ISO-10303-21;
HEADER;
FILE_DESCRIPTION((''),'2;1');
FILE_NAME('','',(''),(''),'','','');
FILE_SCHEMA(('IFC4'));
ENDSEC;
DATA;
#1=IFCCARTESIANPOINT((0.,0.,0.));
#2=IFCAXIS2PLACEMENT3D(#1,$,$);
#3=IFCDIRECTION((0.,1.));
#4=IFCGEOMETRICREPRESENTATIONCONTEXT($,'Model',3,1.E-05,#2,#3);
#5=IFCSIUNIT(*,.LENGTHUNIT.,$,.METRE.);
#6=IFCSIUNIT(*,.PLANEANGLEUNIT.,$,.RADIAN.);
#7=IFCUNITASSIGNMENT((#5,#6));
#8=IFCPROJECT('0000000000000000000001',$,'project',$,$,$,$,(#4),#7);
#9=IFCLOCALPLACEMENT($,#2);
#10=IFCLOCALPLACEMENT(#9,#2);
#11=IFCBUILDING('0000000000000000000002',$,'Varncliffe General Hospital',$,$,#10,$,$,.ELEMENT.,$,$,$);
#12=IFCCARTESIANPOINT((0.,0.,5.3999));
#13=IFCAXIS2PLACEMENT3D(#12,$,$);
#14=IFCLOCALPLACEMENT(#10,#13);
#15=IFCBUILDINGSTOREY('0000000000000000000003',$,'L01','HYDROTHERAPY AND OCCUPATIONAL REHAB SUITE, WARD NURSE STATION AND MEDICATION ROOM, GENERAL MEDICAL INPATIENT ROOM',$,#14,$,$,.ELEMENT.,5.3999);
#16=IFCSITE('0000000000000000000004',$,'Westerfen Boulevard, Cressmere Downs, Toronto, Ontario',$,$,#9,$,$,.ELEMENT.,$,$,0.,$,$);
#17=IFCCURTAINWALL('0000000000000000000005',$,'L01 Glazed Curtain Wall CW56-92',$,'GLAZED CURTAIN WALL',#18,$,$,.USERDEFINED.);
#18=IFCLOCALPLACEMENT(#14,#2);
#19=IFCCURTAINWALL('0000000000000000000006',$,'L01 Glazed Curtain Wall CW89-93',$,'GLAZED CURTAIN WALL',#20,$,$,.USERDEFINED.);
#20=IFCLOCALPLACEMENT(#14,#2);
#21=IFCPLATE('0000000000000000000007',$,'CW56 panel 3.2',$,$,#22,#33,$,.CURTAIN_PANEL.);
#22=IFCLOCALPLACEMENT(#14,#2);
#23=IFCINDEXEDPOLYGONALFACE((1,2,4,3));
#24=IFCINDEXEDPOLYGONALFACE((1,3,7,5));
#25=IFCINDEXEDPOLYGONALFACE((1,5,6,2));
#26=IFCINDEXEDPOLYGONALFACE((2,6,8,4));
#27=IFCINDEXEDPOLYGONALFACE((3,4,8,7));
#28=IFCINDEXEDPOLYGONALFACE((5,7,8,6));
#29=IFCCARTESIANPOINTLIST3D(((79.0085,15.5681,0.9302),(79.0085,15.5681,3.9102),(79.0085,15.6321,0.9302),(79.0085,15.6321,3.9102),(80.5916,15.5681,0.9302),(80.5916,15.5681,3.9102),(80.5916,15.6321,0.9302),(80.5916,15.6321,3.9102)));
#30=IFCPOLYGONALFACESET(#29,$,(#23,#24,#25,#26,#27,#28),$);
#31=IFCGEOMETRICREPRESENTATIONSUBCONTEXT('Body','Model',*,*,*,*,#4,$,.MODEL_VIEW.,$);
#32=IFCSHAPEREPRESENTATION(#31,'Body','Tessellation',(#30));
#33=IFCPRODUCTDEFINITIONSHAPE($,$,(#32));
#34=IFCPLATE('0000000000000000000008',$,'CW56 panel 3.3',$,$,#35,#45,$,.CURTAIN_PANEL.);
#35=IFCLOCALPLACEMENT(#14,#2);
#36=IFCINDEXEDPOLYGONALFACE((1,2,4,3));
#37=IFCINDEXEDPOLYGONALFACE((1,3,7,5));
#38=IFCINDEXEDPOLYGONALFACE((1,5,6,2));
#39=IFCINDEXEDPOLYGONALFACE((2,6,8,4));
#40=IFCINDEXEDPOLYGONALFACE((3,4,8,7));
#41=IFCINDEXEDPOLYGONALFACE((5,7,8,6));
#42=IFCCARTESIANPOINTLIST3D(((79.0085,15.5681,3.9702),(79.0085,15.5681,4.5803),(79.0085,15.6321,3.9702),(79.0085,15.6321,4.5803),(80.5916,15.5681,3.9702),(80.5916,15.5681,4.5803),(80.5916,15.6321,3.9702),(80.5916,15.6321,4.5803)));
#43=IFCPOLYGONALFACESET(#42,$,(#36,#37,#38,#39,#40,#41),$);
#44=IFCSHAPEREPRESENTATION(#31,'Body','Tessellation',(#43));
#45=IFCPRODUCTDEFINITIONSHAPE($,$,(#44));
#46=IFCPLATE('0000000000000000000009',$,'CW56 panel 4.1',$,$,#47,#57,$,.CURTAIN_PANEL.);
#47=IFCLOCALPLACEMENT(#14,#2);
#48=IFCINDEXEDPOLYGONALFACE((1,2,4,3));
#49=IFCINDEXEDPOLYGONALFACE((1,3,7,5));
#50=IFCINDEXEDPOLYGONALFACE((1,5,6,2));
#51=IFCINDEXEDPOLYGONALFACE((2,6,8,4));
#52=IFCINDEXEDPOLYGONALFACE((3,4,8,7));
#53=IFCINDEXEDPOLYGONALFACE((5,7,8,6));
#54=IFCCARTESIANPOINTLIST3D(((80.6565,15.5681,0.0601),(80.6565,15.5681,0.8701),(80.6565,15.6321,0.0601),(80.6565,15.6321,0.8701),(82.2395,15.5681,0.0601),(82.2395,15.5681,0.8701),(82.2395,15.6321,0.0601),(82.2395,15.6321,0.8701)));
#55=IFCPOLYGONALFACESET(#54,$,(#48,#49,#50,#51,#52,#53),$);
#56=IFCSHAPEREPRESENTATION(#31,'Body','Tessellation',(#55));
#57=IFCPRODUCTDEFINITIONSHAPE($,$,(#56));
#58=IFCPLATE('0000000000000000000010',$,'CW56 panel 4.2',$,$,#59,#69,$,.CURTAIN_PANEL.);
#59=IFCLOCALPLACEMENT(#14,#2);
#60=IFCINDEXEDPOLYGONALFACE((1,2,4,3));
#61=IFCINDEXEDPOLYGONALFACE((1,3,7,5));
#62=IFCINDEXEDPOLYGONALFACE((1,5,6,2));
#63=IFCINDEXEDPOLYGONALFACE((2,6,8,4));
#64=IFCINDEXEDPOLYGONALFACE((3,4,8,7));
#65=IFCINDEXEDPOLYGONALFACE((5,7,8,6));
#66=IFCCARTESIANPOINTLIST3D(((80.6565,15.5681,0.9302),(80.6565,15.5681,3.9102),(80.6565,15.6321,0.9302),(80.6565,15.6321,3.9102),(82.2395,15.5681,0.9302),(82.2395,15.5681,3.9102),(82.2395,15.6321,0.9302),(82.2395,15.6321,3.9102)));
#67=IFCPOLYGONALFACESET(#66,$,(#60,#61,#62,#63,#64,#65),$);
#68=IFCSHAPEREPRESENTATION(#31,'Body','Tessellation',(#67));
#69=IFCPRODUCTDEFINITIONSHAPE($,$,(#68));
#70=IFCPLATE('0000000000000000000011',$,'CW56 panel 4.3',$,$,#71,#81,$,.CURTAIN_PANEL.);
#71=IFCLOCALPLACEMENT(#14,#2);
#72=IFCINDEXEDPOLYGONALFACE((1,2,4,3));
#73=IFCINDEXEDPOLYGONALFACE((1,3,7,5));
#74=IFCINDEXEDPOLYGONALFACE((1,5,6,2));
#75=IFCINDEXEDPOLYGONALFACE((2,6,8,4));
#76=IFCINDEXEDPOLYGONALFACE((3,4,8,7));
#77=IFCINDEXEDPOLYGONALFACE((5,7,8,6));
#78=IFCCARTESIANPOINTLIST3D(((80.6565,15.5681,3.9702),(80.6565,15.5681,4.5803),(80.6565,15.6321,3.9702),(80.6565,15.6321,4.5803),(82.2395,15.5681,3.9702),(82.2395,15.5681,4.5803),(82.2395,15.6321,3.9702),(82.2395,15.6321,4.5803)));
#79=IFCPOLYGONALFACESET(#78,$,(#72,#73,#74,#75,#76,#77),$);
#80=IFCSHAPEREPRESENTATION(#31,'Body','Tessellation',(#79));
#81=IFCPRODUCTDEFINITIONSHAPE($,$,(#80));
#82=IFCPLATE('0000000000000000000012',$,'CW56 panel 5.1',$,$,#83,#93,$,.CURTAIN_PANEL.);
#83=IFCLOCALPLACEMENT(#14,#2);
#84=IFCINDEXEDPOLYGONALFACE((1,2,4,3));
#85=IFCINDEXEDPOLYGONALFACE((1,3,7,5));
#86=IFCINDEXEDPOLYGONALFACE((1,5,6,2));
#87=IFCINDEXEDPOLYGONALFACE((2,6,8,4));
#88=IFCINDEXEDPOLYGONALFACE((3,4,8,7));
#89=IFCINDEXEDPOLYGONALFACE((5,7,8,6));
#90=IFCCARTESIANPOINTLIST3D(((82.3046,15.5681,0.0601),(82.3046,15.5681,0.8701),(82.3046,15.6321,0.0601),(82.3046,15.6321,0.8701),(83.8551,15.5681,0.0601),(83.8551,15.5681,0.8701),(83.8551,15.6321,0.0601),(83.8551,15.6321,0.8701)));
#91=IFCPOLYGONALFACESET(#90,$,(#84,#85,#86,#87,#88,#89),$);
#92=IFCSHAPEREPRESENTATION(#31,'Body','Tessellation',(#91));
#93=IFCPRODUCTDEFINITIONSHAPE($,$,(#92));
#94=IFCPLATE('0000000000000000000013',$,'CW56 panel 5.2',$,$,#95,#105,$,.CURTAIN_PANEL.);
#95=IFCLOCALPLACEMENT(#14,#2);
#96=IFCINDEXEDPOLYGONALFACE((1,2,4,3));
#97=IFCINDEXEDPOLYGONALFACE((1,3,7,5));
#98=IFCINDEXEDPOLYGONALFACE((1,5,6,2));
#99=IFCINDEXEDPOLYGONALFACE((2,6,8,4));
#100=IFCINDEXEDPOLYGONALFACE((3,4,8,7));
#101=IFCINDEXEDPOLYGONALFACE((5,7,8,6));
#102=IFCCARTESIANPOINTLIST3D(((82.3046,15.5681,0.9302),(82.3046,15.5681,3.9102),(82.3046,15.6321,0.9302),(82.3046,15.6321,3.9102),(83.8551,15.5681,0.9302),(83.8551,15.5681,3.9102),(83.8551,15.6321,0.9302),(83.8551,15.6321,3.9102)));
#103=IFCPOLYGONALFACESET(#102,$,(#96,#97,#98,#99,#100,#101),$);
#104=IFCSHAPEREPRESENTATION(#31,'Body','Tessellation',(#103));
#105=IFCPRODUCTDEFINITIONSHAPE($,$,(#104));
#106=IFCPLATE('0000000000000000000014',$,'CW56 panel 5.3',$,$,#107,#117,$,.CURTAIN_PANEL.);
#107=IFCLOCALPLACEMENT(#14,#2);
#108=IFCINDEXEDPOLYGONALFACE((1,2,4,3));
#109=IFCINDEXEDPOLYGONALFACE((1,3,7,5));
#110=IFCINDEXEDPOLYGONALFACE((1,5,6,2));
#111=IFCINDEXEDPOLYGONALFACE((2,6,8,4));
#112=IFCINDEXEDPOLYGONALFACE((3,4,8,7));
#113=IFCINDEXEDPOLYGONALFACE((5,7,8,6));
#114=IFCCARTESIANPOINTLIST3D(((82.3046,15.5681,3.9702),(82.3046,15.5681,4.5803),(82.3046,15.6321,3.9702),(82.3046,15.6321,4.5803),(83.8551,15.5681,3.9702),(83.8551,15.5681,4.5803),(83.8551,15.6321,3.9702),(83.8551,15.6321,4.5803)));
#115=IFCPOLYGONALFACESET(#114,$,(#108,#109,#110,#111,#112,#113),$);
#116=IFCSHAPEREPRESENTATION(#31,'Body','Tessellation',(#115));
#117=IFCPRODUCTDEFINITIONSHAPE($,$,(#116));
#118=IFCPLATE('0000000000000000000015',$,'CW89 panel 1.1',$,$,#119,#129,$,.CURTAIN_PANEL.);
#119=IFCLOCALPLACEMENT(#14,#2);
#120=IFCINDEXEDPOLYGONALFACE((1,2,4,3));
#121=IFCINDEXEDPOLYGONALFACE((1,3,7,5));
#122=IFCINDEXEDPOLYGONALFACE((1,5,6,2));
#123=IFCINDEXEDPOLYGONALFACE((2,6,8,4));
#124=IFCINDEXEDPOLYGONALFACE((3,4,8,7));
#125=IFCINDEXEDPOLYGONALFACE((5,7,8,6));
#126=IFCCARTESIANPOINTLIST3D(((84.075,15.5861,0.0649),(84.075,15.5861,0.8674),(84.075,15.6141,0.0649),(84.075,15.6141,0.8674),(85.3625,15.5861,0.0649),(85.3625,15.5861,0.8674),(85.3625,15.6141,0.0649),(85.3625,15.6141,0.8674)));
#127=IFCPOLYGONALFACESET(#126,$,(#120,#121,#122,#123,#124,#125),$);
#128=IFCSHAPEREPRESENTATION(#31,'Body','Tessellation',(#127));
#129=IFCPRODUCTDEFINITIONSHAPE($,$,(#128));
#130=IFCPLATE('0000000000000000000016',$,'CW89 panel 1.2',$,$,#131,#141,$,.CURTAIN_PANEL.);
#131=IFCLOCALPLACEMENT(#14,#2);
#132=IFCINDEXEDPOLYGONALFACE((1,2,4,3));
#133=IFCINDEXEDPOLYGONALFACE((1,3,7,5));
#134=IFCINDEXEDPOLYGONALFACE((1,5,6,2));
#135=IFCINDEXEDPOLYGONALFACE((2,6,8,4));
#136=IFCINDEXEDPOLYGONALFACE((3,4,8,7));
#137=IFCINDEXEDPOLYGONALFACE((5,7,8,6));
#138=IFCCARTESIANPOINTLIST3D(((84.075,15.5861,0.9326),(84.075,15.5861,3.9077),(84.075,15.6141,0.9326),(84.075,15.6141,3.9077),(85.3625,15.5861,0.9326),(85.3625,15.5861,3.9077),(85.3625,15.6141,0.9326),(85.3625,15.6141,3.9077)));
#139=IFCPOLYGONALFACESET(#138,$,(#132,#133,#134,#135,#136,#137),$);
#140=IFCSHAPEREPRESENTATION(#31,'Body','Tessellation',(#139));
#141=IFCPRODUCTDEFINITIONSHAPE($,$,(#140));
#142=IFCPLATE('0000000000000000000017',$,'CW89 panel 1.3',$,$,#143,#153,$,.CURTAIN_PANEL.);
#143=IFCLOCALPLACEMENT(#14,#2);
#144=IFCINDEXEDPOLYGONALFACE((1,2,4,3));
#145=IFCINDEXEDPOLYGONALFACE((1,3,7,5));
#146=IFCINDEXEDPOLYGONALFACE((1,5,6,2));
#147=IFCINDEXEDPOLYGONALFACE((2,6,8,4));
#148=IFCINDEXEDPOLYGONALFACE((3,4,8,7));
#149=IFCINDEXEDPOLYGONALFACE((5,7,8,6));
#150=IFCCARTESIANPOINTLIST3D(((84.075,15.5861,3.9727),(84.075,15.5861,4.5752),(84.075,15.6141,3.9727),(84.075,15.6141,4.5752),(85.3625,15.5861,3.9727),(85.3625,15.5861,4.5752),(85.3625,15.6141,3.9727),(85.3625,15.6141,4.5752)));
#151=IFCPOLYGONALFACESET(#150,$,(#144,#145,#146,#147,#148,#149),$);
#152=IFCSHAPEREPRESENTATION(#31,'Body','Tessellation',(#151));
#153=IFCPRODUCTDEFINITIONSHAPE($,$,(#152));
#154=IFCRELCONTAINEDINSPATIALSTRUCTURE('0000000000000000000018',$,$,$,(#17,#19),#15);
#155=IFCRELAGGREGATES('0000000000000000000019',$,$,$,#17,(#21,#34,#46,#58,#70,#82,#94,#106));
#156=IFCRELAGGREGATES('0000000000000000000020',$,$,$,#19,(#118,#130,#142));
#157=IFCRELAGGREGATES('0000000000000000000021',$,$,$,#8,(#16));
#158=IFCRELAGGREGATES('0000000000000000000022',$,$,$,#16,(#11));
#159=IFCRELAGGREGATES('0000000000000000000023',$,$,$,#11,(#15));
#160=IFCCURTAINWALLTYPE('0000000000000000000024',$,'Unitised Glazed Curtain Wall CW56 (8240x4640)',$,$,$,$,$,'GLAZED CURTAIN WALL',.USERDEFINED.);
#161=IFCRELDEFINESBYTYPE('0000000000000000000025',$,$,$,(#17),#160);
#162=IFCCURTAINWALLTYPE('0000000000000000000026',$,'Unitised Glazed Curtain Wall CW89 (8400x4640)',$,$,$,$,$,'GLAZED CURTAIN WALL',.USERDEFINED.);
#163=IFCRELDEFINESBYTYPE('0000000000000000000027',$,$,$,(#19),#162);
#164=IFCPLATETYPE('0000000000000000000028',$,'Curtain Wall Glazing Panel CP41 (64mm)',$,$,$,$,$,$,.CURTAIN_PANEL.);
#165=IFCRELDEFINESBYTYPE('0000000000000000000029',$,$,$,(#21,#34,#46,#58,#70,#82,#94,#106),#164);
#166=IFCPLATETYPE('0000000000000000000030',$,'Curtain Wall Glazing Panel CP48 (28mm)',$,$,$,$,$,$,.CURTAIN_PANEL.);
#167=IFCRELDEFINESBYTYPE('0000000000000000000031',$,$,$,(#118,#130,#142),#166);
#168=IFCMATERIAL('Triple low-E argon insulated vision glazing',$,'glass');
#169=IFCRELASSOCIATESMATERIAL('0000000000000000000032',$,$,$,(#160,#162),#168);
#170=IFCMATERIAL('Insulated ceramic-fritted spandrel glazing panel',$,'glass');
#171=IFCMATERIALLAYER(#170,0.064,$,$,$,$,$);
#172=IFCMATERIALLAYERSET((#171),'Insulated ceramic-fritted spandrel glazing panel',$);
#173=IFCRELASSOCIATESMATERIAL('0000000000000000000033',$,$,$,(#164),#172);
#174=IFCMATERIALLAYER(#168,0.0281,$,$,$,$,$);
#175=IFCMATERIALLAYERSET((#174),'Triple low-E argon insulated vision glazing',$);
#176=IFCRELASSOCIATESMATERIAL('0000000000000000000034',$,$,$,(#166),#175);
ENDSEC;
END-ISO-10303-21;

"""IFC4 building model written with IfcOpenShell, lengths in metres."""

from ifc_helpers import new_model, si_unit, direction, frame, origin, origin_2d, place, context, subcontext, project, spatial, rectangle, extrude, material, layer, layer_set, type_object, element, aggregate, save


model = new_model("IFC4")

# Units and contexts
model_context = context("Model", 3, precision=1e-05, world=origin(), true_north=direction((0.0, 1.0)))
body_context = subcontext(model_context, "Body", "Model", "MODEL_VIEW")
ifc_project = project(units=[si_unit("LENGTHUNIT", "METRE"), si_unit("PLANEANGLEUNIT", "RADIAN")], contexts=[model_context])

# Site, building, storey
site_placement = place(None, origin())
site = spatial("IfcSite", under=ifc_project, at=site_placement, Name="Westerfen Boulevard, Cressmere Downs, Toronto, Ontario", CompositionType="ELEMENT", RefElevation=0.0)
building_placement = place(site_placement, origin())
building = spatial("IfcBuilding", under=site, at=building_placement, Name="Varncliffe General Hospital", CompositionType="ELEMENT")
storey_placement = place(building_placement, frame((0.0, 0.0, 5.3999)))
storey = spatial("IfcBuildingStorey", under=building, at=storey_placement, Name="L01", Description="HYDROTHERAPY AND OCCUPATIONAL REHAB SUITE, WARD NURSE STATION AND MEDICATION ROOM, GENERAL MEDICAL INPATIENT ROOM", CompositionType="ELEMENT", Elevation=5.3999)

# Curtain walls
ifc_material_1 = material(Name="Triple low-E argon insulated vision glazing", Category="glass")
curtain_wall_type_1 = type_object("IfcCurtainWallType", Name="Unitised Glazed Curtain Wall CW56 (8240x4640)", ElementType="GLAZED CURTAIN WALL", PredefinedType="USERDEFINED", material=ifc_material_1)
curtain_wall_1_placement = place(storey_placement, origin())
curtain_wall_1 = element("IfcCurtainWall", 1, at=curtain_wall_1_placement, inside=storey, type_object=curtain_wall_type_1, Name="L01 Glazed Curtain Wall CW56-92", ObjectType="GLAZED CURTAIN WALL", PredefinedType="USERDEFINED")
curtain_wall_type_2 = type_object("IfcCurtainWallType", Name="Unitised Glazed Curtain Wall CW89 (8400x4640)", ElementType="GLAZED CURTAIN WALL", PredefinedType="USERDEFINED", material=ifc_material_1)
curtain_wall_2_placement = place(storey_placement, origin())
curtain_wall_2 = element("IfcCurtainWall", 2, at=curtain_wall_2_placement, inside=storey, type_object=curtain_wall_type_2, Name="L01 Glazed Curtain Wall CW89-93", ObjectType="GLAZED CURTAIN WALL", PredefinedType="USERDEFINED")

# Plates
ifc_material_2 = material(Name="Insulated ceramic-fritted spandrel glazing panel", Category="glass")
ifc_layer_1 = layer(ifc_material_2, 0.064)
ifc_layer_set_1 = layer_set([ifc_layer_1], Name="Insulated ceramic-fritted spandrel glazing panel")
plate_type_1 = type_object("IfcPlateType", Name="Curtain Wall Glazing Panel CP41 (64mm)", PredefinedType="CURTAIN_PANEL", material=ifc_layer_set_1)
plate_1_placement = place(storey_placement, frame((79.8, 15.6001, 0.9302), z_axis=(0.0, 0.0, 1.0), x_axis=(1.0, 0.0, 0.0)))
plate_1 = element("IfcPlate", 3, at=plate_1_placement, type_object=plate_type_1, Name="CW56 panel 3.2", PredefinedType="CURTAIN_PANEL", context=body_context, shape_type="SweptSolid", body=[
    extrude(rectangle(XDim=1.583, YDim=0.064, at=origin_2d()), origin(), (0.0, 0.0, 1.0), 2.98),
])
plate_2_placement = place(storey_placement, frame((79.8, 15.6001, 3.9702), z_axis=(0.0, 0.0, 1.0), x_axis=(1.0, 0.0, 0.0)))
plate_2 = element("IfcPlate", 4, at=plate_2_placement, type_object=plate_type_1, Name="CW56 panel 3.3", PredefinedType="CURTAIN_PANEL", context=body_context, shape_type="SweptSolid", body=[
    extrude(rectangle(XDim=1.583, YDim=0.064, at=origin_2d()), origin(), (0.0, 0.0, 1.0), 0.6101),
])
plate_3_placement = place(storey_placement, frame((81.448, 15.6001, 0.0601), z_axis=(0.0, 0.0, 1.0), x_axis=(1.0, 0.0, 0.0)))
plate_3 = element("IfcPlate", 5, at=plate_3_placement, type_object=plate_type_1, Name="CW56 panel 4.1", PredefinedType="CURTAIN_PANEL", context=body_context, shape_type="SweptSolid", body=[
    extrude(rectangle(XDim=1.583, YDim=0.064, at=origin_2d()), origin(), (0.0, 0.0, 1.0), 0.8101),
])
plate_4_placement = place(storey_placement, frame((81.448, 15.6001, 0.9302), z_axis=(0.0, 0.0, 1.0), x_axis=(1.0, 0.0, 0.0)))
plate_4 = element("IfcPlate", 6, at=plate_4_placement, type_object=plate_type_1, Name="CW56 panel 4.2", PredefinedType="CURTAIN_PANEL", context=body_context, shape_type="SweptSolid", body=[
    extrude(rectangle(XDim=1.583, YDim=0.064, at=origin_2d()), origin(), (0.0, 0.0, 1.0), 2.98),
])
plate_5_placement = place(storey_placement, frame((81.448, 15.6001, 3.9702), z_axis=(0.0, 0.0, 1.0), x_axis=(1.0, 0.0, 0.0)))
plate_5 = element("IfcPlate", 7, at=plate_5_placement, type_object=plate_type_1, Name="CW56 panel 4.3", PredefinedType="CURTAIN_PANEL", context=body_context, shape_type="SweptSolid", body=[
    extrude(rectangle(XDim=1.583, YDim=0.064, at=origin_2d()), origin(), (0.0, 0.0, 1.0), 0.6101),
])
plate_6_placement = place(storey_placement, frame((83.0798, 15.6001, 0.0601), z_axis=(0.0, 0.0, 1.0), x_axis=(1.0, 0.0, 0.0)))
plate_6 = element("IfcPlate", 8, at=plate_6_placement, type_object=plate_type_1, Name="CW56 panel 5.1", PredefinedType="CURTAIN_PANEL", context=body_context, shape_type="SweptSolid", body=[
    extrude(rectangle(XDim=1.5505, YDim=0.064, at=origin_2d()), origin(), (0.0, 0.0, 1.0), 0.8101),
])
plate_7_placement = place(storey_placement, frame((83.0798, 15.6001, 0.9302), z_axis=(0.0, 0.0, 1.0), x_axis=(1.0, 0.0, 0.0)))
plate_7 = element("IfcPlate", 9, at=plate_7_placement, type_object=plate_type_1, Name="CW56 panel 5.2", PredefinedType="CURTAIN_PANEL", context=body_context, shape_type="SweptSolid", body=[
    extrude(rectangle(XDim=1.5505, YDim=0.064, at=origin_2d()), origin(), (0.0, 0.0, 1.0), 2.98),
])
plate_8_placement = place(storey_placement, frame((83.0798, 15.6001, 3.9702), z_axis=(0.0, 0.0, 1.0), x_axis=(1.0, 0.0, 0.0)))
plate_8 = element("IfcPlate", 10, at=plate_8_placement, type_object=plate_type_1, Name="CW56 panel 5.3", PredefinedType="CURTAIN_PANEL", context=body_context, shape_type="SweptSolid", body=[
    extrude(rectangle(XDim=1.5505, YDim=0.064, at=origin_2d()), origin(), (0.0, 0.0, 1.0), 0.6101),
])
aggregate(curtain_wall_1, [plate_1, plate_2, plate_3, plate_4, plate_5, plate_6, plate_7, plate_8])
ifc_layer_2 = layer(ifc_material_1, 0.0281)
ifc_layer_set_2 = layer_set([ifc_layer_2], Name="Triple low-E argon insulated vision glazing")
plate_type_2 = type_object("IfcPlateType", Name="Curtain Wall Glazing Panel CP48 (28mm)", PredefinedType="CURTAIN_PANEL", material=ifc_layer_set_2)
plate_9_placement = place(storey_placement, frame((84.7188, 15.6001, 0.0649), z_axis=(0.0, 0.0, 1.0), x_axis=(1.0, 0.0, 0.0)))
plate_9 = element("IfcPlate", 11, at=plate_9_placement, type_object=plate_type_2, Name="CW89 panel 1.1", PredefinedType="CURTAIN_PANEL", context=body_context, shape_type="SweptSolid", body=[
    extrude(rectangle(XDim=1.2876, YDim=0.0281, at=origin_2d()), origin(), (0.0, 0.0, 1.0), 0.8025),
])
plate_10_placement = place(storey_placement, frame((84.7188, 15.6001, 0.9326), z_axis=(0.0, 0.0, 1.0), x_axis=(1.0, 0.0, 0.0)))
plate_10 = element("IfcPlate", 12, at=plate_10_placement, type_object=plate_type_2, Name="CW89 panel 1.2", PredefinedType="CURTAIN_PANEL", context=body_context, shape_type="SweptSolid", body=[
    extrude(rectangle(XDim=1.2876, YDim=0.0281, at=origin_2d()), origin(), (0.0, 0.0, 1.0), 2.9751),
])
plate_11_placement = place(storey_placement, frame((84.7188, 15.6001, 3.9727), z_axis=(0.0, 0.0, 1.0), x_axis=(1.0, 0.0, 0.0)))
plate_11 = element("IfcPlate", 13, at=plate_11_placement, type_object=plate_type_2, Name="CW89 panel 1.3", PredefinedType="CURTAIN_PANEL", context=body_context, shape_type="SweptSolid", body=[
    extrude(rectangle(XDim=1.2876, YDim=0.0281, at=origin_2d()), origin(), (0.0, 0.0, 1.0), 0.6025),
])
aggregate(curtain_wall_2, [plate_9, plate_10, plate_11])

save(model, "model.ifc")
